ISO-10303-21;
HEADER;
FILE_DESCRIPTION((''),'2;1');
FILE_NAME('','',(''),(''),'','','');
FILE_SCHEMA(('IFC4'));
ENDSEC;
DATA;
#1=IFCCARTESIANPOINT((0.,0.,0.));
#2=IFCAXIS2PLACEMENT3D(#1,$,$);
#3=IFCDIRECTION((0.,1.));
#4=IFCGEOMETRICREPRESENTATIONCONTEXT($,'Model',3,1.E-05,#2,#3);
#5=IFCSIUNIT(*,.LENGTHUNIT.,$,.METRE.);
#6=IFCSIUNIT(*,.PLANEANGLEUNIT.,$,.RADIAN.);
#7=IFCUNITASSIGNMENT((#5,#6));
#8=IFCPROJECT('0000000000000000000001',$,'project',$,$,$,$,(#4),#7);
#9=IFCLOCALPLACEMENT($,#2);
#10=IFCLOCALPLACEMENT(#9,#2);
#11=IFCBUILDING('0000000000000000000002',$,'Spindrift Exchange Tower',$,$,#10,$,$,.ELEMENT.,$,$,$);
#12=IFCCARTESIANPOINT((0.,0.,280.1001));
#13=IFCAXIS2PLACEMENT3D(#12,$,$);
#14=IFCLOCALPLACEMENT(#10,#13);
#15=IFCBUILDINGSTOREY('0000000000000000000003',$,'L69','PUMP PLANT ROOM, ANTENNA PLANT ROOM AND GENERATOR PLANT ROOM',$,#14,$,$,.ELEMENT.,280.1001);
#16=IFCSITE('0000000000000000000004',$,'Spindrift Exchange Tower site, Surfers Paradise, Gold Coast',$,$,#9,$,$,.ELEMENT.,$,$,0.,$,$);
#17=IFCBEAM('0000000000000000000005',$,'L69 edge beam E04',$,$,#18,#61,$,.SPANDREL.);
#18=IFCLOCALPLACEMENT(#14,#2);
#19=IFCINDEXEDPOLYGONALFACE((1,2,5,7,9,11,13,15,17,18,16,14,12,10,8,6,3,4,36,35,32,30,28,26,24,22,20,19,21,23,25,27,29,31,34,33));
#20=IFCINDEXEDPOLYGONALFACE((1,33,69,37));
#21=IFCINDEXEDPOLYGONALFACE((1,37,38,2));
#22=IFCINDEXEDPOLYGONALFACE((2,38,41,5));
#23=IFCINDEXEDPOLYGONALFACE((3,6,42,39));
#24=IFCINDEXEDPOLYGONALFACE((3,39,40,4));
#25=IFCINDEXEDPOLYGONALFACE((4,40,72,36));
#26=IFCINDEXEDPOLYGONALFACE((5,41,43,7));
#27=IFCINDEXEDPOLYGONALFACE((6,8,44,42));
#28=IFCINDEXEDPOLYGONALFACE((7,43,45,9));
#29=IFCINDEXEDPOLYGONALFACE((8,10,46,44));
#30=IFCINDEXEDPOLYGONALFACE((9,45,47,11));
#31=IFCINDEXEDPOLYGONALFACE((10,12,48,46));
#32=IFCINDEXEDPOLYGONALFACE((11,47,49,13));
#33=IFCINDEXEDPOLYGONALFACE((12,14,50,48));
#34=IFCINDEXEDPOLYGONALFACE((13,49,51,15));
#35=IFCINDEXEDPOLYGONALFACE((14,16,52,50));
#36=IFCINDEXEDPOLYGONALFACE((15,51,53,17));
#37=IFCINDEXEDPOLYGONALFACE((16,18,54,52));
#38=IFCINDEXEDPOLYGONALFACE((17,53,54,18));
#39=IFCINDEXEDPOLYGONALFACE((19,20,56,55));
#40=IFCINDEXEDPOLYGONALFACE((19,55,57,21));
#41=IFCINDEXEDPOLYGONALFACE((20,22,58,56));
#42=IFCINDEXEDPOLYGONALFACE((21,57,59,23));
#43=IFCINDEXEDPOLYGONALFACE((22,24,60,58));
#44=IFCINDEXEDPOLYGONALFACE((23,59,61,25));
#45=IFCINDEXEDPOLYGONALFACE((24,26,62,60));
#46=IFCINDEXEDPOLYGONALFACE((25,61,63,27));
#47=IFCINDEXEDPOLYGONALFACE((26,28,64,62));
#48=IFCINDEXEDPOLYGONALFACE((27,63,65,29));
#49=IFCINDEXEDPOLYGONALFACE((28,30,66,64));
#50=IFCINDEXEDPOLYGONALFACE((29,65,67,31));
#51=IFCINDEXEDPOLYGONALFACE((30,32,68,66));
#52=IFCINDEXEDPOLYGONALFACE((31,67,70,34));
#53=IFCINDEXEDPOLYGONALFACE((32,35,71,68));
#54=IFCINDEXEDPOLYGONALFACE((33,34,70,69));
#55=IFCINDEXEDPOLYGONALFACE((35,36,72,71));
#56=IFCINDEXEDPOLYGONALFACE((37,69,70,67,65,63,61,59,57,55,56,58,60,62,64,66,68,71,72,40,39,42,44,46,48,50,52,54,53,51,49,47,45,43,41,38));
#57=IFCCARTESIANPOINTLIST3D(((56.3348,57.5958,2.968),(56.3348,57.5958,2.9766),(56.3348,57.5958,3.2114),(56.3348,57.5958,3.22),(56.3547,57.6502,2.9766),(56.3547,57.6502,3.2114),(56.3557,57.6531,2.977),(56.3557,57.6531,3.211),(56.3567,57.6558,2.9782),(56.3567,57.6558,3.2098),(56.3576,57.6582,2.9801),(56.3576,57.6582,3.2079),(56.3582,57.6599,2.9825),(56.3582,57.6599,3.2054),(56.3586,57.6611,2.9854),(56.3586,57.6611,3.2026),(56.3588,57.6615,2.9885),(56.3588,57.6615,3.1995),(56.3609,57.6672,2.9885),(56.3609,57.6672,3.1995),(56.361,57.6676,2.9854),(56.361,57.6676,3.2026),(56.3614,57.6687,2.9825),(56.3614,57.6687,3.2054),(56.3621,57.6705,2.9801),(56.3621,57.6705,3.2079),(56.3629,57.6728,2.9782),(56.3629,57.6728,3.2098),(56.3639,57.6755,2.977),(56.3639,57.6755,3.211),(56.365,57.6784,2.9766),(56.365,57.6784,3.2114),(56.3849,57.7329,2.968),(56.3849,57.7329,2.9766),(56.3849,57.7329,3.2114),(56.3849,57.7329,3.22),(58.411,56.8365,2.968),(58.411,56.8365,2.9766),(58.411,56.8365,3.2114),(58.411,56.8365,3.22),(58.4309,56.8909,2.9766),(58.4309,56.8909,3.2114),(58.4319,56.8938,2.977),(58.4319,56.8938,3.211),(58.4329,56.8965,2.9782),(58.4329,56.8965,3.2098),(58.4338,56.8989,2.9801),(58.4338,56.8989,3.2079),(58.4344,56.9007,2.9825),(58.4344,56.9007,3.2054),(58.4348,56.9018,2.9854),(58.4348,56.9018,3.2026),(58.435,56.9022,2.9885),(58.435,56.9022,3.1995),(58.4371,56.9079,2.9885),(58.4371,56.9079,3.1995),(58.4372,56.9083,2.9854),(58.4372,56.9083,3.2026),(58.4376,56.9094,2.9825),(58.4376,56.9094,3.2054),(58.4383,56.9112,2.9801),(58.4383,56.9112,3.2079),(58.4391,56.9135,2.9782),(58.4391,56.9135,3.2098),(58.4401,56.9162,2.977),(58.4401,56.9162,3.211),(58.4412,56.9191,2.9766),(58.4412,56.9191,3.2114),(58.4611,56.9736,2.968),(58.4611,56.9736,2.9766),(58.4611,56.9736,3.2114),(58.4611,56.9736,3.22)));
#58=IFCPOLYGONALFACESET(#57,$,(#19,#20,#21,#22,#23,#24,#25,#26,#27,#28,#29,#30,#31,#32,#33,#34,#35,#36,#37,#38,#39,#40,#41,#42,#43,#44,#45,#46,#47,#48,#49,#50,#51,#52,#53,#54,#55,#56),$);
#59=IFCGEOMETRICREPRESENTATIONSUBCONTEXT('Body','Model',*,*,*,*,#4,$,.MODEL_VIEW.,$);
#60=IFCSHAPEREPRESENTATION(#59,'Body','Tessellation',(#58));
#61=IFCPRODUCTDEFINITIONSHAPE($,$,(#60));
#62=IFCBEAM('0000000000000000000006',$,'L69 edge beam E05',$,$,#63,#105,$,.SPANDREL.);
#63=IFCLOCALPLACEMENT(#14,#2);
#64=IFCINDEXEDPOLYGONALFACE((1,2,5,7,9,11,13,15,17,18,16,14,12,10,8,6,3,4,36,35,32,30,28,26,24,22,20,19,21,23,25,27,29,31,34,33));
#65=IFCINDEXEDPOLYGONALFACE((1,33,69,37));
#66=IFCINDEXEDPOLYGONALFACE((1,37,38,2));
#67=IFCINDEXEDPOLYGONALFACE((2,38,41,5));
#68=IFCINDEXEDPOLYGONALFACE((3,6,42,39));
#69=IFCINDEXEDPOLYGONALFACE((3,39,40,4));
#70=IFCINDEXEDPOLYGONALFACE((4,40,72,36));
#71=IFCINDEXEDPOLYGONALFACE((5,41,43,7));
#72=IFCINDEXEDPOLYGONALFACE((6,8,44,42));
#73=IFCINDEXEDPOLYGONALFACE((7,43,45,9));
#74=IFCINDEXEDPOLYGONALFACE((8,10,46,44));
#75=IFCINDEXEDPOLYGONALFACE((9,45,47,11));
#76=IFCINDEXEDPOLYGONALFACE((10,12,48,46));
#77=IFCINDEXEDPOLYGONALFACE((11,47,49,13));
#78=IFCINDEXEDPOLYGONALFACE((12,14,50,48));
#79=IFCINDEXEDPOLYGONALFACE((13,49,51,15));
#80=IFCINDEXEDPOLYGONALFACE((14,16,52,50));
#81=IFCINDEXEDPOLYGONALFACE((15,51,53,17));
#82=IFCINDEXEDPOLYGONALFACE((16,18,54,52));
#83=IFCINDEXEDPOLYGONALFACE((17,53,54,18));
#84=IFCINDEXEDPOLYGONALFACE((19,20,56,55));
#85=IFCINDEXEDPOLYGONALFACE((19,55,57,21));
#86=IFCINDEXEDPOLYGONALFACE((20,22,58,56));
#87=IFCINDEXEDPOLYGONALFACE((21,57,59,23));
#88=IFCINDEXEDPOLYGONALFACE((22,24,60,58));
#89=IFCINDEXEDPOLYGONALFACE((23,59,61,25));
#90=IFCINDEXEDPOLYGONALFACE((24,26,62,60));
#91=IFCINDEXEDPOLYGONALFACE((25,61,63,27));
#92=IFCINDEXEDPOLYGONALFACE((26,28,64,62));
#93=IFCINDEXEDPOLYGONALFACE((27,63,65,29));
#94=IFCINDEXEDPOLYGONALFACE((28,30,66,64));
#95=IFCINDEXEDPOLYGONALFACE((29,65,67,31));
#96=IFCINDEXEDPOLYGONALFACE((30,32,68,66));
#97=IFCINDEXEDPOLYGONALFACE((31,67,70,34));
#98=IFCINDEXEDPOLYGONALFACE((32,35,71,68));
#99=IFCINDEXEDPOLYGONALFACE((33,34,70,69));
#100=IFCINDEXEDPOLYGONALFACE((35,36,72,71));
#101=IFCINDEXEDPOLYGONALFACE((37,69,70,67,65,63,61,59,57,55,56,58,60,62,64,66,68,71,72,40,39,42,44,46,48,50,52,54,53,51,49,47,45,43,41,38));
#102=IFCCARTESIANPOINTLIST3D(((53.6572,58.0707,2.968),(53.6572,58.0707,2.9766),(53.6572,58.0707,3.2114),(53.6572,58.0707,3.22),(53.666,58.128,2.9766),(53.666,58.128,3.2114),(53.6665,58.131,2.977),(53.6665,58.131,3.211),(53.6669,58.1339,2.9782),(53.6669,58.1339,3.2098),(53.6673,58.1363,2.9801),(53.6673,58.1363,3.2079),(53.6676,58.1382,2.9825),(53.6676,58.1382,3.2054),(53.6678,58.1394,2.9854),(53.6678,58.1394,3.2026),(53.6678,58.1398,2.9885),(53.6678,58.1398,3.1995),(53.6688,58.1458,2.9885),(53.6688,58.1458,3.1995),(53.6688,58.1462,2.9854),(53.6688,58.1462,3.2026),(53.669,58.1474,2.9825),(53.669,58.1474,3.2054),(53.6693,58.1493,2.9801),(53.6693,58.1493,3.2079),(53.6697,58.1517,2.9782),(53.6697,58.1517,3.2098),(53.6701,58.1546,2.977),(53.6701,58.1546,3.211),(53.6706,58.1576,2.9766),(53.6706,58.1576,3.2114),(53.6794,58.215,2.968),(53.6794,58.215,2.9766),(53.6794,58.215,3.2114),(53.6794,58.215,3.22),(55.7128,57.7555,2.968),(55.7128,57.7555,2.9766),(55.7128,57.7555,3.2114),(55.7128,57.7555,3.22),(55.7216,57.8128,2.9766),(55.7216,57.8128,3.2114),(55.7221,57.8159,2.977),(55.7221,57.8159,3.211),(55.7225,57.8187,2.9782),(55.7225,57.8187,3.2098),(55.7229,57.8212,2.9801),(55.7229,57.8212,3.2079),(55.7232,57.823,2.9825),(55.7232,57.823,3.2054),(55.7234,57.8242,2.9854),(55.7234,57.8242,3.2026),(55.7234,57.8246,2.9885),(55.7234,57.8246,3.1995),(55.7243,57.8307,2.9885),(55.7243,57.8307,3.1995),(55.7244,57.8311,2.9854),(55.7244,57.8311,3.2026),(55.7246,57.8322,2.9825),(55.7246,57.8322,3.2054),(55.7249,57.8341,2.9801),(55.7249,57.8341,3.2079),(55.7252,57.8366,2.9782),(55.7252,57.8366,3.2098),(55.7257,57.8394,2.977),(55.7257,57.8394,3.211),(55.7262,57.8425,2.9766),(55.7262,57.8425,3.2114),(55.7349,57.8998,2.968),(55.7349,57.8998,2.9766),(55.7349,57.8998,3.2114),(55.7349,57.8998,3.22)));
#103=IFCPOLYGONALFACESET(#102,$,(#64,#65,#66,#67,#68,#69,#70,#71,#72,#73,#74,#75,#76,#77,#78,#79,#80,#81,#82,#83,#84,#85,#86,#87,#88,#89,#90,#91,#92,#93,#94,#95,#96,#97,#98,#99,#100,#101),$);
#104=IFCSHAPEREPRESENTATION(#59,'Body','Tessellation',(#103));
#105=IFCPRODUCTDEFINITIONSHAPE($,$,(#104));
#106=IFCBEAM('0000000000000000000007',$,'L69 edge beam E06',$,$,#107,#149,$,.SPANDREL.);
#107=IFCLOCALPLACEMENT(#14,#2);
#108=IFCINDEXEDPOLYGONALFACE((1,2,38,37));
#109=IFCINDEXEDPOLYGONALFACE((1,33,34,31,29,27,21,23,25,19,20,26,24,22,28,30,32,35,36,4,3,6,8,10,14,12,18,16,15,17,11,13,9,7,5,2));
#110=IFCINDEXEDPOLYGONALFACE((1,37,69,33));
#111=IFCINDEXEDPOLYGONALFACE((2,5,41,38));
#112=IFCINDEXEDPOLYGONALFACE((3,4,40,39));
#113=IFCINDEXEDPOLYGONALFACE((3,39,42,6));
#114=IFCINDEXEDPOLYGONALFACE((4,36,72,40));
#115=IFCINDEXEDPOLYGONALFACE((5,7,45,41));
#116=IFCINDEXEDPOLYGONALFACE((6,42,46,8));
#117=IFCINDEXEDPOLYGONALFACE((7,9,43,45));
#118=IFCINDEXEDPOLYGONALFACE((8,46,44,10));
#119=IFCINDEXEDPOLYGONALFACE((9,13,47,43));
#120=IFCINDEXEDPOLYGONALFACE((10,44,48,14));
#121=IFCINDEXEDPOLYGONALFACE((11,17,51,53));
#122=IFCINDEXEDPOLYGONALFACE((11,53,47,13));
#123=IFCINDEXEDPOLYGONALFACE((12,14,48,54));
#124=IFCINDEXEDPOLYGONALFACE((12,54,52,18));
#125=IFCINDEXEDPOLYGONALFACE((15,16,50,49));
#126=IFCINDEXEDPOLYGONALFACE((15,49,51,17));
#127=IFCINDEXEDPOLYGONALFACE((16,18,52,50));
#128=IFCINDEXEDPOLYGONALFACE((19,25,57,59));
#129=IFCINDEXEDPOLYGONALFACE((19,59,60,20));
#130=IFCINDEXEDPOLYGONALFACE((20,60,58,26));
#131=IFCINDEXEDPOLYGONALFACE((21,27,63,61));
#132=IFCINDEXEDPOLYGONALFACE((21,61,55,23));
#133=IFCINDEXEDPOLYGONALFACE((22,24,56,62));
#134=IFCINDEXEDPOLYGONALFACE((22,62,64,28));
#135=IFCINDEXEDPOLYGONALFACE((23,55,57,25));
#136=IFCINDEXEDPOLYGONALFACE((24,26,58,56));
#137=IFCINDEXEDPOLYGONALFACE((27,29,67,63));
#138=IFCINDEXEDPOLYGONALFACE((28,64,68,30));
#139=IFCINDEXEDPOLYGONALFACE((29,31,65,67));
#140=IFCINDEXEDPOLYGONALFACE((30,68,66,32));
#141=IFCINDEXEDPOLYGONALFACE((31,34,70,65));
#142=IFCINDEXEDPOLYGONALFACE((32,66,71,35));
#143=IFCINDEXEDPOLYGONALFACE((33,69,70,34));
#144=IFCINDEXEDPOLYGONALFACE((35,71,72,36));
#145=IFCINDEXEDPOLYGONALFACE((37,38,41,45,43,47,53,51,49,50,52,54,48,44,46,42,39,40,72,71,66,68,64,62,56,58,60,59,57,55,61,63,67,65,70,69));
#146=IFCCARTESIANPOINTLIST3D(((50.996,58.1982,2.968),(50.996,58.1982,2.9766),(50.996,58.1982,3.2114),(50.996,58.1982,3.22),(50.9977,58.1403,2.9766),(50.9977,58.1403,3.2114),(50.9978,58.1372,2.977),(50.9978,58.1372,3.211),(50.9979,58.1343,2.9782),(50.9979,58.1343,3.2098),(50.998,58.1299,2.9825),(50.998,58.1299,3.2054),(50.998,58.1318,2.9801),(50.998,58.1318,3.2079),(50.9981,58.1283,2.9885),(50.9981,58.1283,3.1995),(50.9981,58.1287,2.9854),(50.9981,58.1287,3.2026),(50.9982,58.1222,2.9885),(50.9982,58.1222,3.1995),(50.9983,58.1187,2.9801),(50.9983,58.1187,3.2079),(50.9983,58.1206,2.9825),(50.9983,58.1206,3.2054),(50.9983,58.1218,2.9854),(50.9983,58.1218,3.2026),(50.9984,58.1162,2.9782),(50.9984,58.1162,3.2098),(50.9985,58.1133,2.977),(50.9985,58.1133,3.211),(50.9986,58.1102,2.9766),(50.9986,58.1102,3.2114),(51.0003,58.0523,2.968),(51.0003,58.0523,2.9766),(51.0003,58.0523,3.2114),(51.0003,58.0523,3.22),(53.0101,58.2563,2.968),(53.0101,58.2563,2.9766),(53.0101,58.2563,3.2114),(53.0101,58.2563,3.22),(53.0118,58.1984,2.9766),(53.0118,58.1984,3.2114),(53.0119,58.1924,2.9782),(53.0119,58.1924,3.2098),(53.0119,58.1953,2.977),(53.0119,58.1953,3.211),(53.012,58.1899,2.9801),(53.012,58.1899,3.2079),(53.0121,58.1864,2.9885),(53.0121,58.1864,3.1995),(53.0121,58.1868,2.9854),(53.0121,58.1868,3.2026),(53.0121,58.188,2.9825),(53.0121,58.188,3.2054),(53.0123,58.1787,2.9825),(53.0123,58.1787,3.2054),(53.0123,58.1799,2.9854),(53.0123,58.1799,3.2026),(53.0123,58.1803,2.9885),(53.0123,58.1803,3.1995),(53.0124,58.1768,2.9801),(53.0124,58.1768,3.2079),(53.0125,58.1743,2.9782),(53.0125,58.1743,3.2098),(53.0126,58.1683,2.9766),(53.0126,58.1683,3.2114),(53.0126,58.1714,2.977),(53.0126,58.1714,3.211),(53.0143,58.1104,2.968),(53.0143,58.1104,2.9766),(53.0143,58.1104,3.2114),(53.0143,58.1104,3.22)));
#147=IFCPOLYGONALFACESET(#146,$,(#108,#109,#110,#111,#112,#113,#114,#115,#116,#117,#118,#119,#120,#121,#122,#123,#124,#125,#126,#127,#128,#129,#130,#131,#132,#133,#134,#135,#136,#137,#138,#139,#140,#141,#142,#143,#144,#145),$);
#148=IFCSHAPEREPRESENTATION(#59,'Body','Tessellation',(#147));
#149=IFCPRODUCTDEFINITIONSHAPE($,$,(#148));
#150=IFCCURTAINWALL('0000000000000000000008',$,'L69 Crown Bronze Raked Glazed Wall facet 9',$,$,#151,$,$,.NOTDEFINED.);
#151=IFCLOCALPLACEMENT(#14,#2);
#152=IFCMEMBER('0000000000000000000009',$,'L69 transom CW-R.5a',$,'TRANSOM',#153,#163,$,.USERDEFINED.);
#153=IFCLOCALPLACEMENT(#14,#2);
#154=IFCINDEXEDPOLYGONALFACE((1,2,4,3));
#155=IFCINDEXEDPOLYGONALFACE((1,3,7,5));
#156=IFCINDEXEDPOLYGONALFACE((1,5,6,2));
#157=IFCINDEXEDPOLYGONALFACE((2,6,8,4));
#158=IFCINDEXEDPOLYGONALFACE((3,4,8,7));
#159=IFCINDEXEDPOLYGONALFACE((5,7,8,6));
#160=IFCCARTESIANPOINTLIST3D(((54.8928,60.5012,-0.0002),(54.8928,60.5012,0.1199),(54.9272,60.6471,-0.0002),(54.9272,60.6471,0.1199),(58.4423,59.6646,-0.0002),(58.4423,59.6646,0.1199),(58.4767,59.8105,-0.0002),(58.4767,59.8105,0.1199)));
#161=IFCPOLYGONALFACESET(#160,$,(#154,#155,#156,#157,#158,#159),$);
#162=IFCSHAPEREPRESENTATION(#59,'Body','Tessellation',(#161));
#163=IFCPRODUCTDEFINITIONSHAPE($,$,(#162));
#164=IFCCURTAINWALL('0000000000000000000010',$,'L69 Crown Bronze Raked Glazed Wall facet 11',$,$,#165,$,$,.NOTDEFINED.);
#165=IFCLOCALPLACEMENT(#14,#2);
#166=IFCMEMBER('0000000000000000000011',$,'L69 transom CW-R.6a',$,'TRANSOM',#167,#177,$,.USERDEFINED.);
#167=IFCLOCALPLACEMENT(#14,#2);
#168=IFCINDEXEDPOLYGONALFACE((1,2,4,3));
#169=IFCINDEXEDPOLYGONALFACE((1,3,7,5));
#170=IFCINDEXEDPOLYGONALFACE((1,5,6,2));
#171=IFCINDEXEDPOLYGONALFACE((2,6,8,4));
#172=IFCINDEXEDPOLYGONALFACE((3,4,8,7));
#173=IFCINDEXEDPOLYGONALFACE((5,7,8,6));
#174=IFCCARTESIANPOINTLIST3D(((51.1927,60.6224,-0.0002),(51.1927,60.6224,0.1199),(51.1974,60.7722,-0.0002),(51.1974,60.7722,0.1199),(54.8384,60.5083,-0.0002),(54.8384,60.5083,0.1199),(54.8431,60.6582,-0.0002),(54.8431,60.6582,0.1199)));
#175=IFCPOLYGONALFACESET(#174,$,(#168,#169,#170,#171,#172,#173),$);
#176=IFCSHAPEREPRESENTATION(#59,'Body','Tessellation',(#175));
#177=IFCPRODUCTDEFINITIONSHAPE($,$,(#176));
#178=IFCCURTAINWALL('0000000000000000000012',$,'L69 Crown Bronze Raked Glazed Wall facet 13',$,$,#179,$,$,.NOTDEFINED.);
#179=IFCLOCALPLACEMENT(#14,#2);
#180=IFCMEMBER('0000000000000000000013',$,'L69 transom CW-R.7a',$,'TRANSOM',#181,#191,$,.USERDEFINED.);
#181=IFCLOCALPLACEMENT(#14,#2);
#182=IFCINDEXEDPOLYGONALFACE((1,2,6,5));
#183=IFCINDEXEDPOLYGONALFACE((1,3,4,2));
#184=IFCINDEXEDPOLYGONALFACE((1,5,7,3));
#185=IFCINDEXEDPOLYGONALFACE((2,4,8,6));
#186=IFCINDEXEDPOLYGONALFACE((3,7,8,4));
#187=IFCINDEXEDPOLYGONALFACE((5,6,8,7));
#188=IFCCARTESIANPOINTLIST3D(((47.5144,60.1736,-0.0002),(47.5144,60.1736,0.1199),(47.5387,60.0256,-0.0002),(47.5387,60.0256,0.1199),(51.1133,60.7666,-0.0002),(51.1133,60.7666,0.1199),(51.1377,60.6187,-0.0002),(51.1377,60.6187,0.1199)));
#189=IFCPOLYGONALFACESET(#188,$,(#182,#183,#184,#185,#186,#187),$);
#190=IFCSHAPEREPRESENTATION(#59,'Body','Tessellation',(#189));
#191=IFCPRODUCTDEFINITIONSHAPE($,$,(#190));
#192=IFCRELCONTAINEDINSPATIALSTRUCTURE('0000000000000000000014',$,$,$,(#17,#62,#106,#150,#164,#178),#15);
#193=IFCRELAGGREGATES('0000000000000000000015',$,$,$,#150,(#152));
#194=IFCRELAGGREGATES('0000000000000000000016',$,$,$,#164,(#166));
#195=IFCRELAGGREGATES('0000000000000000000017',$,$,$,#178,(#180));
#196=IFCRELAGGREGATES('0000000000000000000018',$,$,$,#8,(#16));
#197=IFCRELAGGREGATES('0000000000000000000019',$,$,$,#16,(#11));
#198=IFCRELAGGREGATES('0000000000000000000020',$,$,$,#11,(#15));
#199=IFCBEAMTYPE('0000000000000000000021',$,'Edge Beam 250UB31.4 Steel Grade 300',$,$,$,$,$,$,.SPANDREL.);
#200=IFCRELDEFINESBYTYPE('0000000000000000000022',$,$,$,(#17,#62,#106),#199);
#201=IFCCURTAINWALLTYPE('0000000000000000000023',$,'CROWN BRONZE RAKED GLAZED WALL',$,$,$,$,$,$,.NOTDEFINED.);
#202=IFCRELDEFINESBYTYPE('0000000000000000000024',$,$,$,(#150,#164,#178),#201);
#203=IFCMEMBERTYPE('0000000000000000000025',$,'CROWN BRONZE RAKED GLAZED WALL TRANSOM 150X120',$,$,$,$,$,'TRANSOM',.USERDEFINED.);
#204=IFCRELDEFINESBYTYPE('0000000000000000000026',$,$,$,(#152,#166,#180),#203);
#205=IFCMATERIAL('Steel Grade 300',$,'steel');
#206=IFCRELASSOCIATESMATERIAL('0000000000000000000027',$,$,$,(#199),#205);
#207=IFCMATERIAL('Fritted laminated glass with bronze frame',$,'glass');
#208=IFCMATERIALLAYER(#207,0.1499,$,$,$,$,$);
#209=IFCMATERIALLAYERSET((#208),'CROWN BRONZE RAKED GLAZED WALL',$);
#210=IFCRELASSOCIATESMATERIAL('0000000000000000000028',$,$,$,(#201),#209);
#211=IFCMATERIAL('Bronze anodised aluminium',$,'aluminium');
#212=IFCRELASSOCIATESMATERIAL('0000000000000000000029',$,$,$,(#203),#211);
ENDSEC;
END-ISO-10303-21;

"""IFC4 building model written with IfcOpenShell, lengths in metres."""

from ifc_helpers import new_model, si_unit, direction, frame, origin, origin_2d, place, context, subcontext, project, spatial, rectangle, i_section, extrude, source, transform, mapped, material, layer, layer_set, material_profile, profile_set, type_object, element, aggregate, save


model = new_model("IFC4")

# Units and contexts
model_context = context("Model", 3, precision=1e-05, world=origin(), true_north=direction((0.0, 1.0)))
body_context = subcontext(model_context, "Body", "Model", "MODEL_VIEW")
ifc_project = project(units=[si_unit("LENGTHUNIT", "METRE"), si_unit("PLANEANGLEUNIT", "RADIAN")], contexts=[model_context])

# Site, building, storey
site_placement = place(None, origin())
site = spatial("IfcSite", under=ifc_project, at=site_placement, Name="Spindrift Exchange Tower site, Surfers Paradise, Gold Coast", CompositionType="ELEMENT", RefElevation=0.0)
building_placement = place(site_placement, origin())
building = spatial("IfcBuilding", under=site, at=building_placement, Name="Spindrift Exchange Tower", CompositionType="ELEMENT")
storey_placement = place(building_placement, frame((0.0, 0.0, 280.1001)))
storey = spatial("IfcBuildingStorey", under=building, at=storey_placement, Name="L69", Description="PUMP PLANT ROOM, ANTENNA PLANT ROOM AND GENERATOR PLANT ROOM", CompositionType="ELEMENT", Elevation=280.1001)

# Beams
ifc_material_1 = material(Name="Steel Grade 300", Category="steel")
ifc_material_profile_1 = material_profile(ifc_material_1, i_section(OverallWidth=0.146, OverallDepth=0.252, WebThickness=0.0061, FlangeThickness=0.0085, FilletRadius=0.012, at=origin_2d()), Name="250UB31.4")
ifc_profile_set_1 = profile_set([ifc_material_profile_1], Name="Steel Grade 300")
beam_type_1 = type_object("IfcBeamType", Name="Edge Beam 250UB31.4 Steel Grade 300", PredefinedType="SPANDREL", material=ifc_profile_set_1)
shared_shape_1 = source(origin(), body_context, "Body", "SweptSolid", [
    extrude(i_section(OverallWidth=0.146, OverallDepth=0.252, WebThickness=0.0061, FlangeThickness=0.0085, FilletRadius=0.012, at=origin_2d()), origin(), (0.0, 0.0, 1.0), 2.2107),
])
beam_1_placement = place(storey_placement, frame((58.436, 56.905, 3.094), z_axis=(-0.939166, 0.343463, 0.0), x_axis=(-0.343463, -0.939166, 0.0)))
element("IfcBeam", 1, at=beam_1_placement, inside=storey, type_object=beam_type_1, Name="L69 edge beam E04", PredefinedType="SPANDREL", context=body_context, shape_type="MappedRepresentation", body=[
    mapped(shared_shape_1, transform((0.0, 0.0, 0.0), scale=1.0)),
])
shared_shape_2 = source(origin(), body_context, "Body", "SweptSolid", [
    extrude(i_section(OverallWidth=0.146, OverallDepth=0.252, WebThickness=0.0061, FlangeThickness=0.0085, FilletRadius=0.012, at=origin_2d()), origin(), (0.0, 0.0, 1.0), 2.0796),
])
beam_2_placement = place(storey_placement, frame((55.7239, 57.8276, 3.094), z_axis=(-0.988449, 0.151554, 0.0), x_axis=(-0.151554, -0.988449, 0.0)))
element("IfcBeam", 2, at=beam_2_placement, inside=storey, type_object=beam_type_1, Name="L69 edge beam E05", PredefinedType="SPANDREL", context=body_context, shape_type="MappedRepresentation", body=[
    mapped(shared_shape_2, transform((0.0, 0.0, 0.0), scale=1.0)),
])
shared_shape_3 = source(origin(), body_context, "Body", "SweptSolid", [
    extrude(i_section(OverallWidth=0.146, OverallDepth=0.252, WebThickness=0.0061, FlangeThickness=0.0085, FilletRadius=0.012, at=origin_2d()), origin(), (0.0, 0.0, 1.0), 2.0149),
])
beam_3_placement = place(storey_placement, frame((53.0122, 58.1833, 3.094), z_axis=(-0.999584, -0.028836, 0.0), x_axis=(0.028836, -0.999584, 0.0)))
element("IfcBeam", 3, at=beam_3_placement, inside=storey, type_object=beam_type_1, Name="L69 edge beam E06", PredefinedType="SPANDREL", context=body_context, shape_type="MappedRepresentation", body=[
    mapped(shared_shape_3, transform((0.0, 0.0, 0.0), scale=1.0)),
])

# Curtain walls, members
ifc_material_2 = material(Name="Fritted laminated glass with bronze frame", Category="glass")
ifc_layer_1 = layer(ifc_material_2, 0.1499)
ifc_layer_set_1 = layer_set([ifc_layer_1], Name="CROWN BRONZE RAKED GLAZED WALL")
curtain_wall_type = type_object("IfcCurtainWallType", Name="CROWN BRONZE RAKED GLAZED WALL", PredefinedType="NOTDEFINED", material=ifc_layer_set_1)
curtain_wall_1_placement = place(storey_placement, origin())
curtain_wall_1 = element("IfcCurtainWall", 4, at=curtain_wall_1_placement, inside=storey, type_object=curtain_wall_type, Name="L69 Crown Bronze Raked Glazed Wall facet 9", PredefinedType="NOTDEFINED")
ifc_material_3 = material(Name="Bronze anodised aluminium", Category="aluminium")
ifc_material_profile_2 = material_profile(ifc_material_3, rectangle(XDim=0.1499, YDim=0.1201, at=origin_2d()), Name="CROWN BRONZE RAKED GLAZED WALL TRANSOM 150X120")
ifc_profile_set_2 = profile_set([ifc_material_profile_2], Name="Bronze anodised aluminium")
member_type_1 = type_object("IfcMemberType", Name="CROWN BRONZE RAKED GLAZED WALL TRANSOM 150X120", ElementType="TRANSOM", PredefinedType="USERDEFINED", material=ifc_profile_set_2)
shared_shape_4 = source(origin(), body_context, "Body", "SweptSolid", [
    extrude(rectangle(XDim=0.1499, YDim=0.1201, at=origin_2d()), origin(), (0.0, 0.0, 1.0), 3.6467),
])
member_1_placement = place(storey_placement, frame((58.4595, 59.7375, 0.0598), z_axis=(-0.973327, 0.229424, 0.0), x_axis=(-0.229424, -0.973327, 0.0)))
member_1 = element("IfcMember", 5, at=member_1_placement, type_object=member_type_1, Name="L69 transom CW-R.5a", ObjectType="TRANSOM", PredefinedType="USERDEFINED", context=body_context, shape_type="MappedRepresentation", body=[
    mapped(shared_shape_4, transform((0.0, 0.0, 0.0), scale=1.0)),
])
curtain_wall_2_placement = place(storey_placement, origin())
curtain_wall_2 = element("IfcCurtainWall", 6, at=curtain_wall_2_placement, inside=storey, type_object=curtain_wall_type, Name="L69 Crown Bronze Raked Glazed Wall facet 11", PredefinedType="NOTDEFINED")
shared_shape_5 = source(origin(), body_context, "Body", "SweptSolid", [
    extrude(rectangle(XDim=0.1499, YDim=0.1201, at=origin_2d()), origin(), (0.0, 0.0, 1.0), 3.6475),
])
member_2_placement = place(storey_placement, frame((51.1951, 60.6973, 0.0598), z_axis=(0.999511, -0.031258, 0.0), x_axis=(0.031258, 0.999511, 0.0)))
member_2 = element("IfcMember", 7, at=member_2_placement, type_object=member_type_1, Name="L69 transom CW-R.6a", ObjectType="TRANSOM", PredefinedType="USERDEFINED", context=body_context, shape_type="MappedRepresentation", body=[
    mapped(shared_shape_5, transform((0.0, 0.0, 0.0), scale=1.0)),
])
curtain_wall_3_placement = place(storey_placement, origin())
curtain_wall_3 = element("IfcCurtainWall", 8, at=curtain_wall_3_placement, inside=storey, type_object=curtain_wall_type, Name="L69 Crown Bronze Raked Glazed Wall facet 13", PredefinedType="NOTDEFINED")
member_3_placement = place(storey_placement, frame((51.1255, 60.6926, 0.0598), z_axis=(-0.986694, -0.162586, 0.0), x_axis=(0.162586, -0.986694, 0.0)))
member_3 = element("IfcMember", 9, at=member_3_placement, type_object=member_type_1, Name="L69 transom CW-R.7a", ObjectType="TRANSOM", PredefinedType="USERDEFINED", context=body_context, shape_type="MappedRepresentation", body=[
    mapped(shared_shape_5, transform((0.0, 0.0, 0.0), scale=1.0)),
])

aggregate(curtain_wall_1, [member_1])
aggregate(curtain_wall_2, [member_2])
aggregate(curtain_wall_3, [member_3])

save(model, "model.ifc")
